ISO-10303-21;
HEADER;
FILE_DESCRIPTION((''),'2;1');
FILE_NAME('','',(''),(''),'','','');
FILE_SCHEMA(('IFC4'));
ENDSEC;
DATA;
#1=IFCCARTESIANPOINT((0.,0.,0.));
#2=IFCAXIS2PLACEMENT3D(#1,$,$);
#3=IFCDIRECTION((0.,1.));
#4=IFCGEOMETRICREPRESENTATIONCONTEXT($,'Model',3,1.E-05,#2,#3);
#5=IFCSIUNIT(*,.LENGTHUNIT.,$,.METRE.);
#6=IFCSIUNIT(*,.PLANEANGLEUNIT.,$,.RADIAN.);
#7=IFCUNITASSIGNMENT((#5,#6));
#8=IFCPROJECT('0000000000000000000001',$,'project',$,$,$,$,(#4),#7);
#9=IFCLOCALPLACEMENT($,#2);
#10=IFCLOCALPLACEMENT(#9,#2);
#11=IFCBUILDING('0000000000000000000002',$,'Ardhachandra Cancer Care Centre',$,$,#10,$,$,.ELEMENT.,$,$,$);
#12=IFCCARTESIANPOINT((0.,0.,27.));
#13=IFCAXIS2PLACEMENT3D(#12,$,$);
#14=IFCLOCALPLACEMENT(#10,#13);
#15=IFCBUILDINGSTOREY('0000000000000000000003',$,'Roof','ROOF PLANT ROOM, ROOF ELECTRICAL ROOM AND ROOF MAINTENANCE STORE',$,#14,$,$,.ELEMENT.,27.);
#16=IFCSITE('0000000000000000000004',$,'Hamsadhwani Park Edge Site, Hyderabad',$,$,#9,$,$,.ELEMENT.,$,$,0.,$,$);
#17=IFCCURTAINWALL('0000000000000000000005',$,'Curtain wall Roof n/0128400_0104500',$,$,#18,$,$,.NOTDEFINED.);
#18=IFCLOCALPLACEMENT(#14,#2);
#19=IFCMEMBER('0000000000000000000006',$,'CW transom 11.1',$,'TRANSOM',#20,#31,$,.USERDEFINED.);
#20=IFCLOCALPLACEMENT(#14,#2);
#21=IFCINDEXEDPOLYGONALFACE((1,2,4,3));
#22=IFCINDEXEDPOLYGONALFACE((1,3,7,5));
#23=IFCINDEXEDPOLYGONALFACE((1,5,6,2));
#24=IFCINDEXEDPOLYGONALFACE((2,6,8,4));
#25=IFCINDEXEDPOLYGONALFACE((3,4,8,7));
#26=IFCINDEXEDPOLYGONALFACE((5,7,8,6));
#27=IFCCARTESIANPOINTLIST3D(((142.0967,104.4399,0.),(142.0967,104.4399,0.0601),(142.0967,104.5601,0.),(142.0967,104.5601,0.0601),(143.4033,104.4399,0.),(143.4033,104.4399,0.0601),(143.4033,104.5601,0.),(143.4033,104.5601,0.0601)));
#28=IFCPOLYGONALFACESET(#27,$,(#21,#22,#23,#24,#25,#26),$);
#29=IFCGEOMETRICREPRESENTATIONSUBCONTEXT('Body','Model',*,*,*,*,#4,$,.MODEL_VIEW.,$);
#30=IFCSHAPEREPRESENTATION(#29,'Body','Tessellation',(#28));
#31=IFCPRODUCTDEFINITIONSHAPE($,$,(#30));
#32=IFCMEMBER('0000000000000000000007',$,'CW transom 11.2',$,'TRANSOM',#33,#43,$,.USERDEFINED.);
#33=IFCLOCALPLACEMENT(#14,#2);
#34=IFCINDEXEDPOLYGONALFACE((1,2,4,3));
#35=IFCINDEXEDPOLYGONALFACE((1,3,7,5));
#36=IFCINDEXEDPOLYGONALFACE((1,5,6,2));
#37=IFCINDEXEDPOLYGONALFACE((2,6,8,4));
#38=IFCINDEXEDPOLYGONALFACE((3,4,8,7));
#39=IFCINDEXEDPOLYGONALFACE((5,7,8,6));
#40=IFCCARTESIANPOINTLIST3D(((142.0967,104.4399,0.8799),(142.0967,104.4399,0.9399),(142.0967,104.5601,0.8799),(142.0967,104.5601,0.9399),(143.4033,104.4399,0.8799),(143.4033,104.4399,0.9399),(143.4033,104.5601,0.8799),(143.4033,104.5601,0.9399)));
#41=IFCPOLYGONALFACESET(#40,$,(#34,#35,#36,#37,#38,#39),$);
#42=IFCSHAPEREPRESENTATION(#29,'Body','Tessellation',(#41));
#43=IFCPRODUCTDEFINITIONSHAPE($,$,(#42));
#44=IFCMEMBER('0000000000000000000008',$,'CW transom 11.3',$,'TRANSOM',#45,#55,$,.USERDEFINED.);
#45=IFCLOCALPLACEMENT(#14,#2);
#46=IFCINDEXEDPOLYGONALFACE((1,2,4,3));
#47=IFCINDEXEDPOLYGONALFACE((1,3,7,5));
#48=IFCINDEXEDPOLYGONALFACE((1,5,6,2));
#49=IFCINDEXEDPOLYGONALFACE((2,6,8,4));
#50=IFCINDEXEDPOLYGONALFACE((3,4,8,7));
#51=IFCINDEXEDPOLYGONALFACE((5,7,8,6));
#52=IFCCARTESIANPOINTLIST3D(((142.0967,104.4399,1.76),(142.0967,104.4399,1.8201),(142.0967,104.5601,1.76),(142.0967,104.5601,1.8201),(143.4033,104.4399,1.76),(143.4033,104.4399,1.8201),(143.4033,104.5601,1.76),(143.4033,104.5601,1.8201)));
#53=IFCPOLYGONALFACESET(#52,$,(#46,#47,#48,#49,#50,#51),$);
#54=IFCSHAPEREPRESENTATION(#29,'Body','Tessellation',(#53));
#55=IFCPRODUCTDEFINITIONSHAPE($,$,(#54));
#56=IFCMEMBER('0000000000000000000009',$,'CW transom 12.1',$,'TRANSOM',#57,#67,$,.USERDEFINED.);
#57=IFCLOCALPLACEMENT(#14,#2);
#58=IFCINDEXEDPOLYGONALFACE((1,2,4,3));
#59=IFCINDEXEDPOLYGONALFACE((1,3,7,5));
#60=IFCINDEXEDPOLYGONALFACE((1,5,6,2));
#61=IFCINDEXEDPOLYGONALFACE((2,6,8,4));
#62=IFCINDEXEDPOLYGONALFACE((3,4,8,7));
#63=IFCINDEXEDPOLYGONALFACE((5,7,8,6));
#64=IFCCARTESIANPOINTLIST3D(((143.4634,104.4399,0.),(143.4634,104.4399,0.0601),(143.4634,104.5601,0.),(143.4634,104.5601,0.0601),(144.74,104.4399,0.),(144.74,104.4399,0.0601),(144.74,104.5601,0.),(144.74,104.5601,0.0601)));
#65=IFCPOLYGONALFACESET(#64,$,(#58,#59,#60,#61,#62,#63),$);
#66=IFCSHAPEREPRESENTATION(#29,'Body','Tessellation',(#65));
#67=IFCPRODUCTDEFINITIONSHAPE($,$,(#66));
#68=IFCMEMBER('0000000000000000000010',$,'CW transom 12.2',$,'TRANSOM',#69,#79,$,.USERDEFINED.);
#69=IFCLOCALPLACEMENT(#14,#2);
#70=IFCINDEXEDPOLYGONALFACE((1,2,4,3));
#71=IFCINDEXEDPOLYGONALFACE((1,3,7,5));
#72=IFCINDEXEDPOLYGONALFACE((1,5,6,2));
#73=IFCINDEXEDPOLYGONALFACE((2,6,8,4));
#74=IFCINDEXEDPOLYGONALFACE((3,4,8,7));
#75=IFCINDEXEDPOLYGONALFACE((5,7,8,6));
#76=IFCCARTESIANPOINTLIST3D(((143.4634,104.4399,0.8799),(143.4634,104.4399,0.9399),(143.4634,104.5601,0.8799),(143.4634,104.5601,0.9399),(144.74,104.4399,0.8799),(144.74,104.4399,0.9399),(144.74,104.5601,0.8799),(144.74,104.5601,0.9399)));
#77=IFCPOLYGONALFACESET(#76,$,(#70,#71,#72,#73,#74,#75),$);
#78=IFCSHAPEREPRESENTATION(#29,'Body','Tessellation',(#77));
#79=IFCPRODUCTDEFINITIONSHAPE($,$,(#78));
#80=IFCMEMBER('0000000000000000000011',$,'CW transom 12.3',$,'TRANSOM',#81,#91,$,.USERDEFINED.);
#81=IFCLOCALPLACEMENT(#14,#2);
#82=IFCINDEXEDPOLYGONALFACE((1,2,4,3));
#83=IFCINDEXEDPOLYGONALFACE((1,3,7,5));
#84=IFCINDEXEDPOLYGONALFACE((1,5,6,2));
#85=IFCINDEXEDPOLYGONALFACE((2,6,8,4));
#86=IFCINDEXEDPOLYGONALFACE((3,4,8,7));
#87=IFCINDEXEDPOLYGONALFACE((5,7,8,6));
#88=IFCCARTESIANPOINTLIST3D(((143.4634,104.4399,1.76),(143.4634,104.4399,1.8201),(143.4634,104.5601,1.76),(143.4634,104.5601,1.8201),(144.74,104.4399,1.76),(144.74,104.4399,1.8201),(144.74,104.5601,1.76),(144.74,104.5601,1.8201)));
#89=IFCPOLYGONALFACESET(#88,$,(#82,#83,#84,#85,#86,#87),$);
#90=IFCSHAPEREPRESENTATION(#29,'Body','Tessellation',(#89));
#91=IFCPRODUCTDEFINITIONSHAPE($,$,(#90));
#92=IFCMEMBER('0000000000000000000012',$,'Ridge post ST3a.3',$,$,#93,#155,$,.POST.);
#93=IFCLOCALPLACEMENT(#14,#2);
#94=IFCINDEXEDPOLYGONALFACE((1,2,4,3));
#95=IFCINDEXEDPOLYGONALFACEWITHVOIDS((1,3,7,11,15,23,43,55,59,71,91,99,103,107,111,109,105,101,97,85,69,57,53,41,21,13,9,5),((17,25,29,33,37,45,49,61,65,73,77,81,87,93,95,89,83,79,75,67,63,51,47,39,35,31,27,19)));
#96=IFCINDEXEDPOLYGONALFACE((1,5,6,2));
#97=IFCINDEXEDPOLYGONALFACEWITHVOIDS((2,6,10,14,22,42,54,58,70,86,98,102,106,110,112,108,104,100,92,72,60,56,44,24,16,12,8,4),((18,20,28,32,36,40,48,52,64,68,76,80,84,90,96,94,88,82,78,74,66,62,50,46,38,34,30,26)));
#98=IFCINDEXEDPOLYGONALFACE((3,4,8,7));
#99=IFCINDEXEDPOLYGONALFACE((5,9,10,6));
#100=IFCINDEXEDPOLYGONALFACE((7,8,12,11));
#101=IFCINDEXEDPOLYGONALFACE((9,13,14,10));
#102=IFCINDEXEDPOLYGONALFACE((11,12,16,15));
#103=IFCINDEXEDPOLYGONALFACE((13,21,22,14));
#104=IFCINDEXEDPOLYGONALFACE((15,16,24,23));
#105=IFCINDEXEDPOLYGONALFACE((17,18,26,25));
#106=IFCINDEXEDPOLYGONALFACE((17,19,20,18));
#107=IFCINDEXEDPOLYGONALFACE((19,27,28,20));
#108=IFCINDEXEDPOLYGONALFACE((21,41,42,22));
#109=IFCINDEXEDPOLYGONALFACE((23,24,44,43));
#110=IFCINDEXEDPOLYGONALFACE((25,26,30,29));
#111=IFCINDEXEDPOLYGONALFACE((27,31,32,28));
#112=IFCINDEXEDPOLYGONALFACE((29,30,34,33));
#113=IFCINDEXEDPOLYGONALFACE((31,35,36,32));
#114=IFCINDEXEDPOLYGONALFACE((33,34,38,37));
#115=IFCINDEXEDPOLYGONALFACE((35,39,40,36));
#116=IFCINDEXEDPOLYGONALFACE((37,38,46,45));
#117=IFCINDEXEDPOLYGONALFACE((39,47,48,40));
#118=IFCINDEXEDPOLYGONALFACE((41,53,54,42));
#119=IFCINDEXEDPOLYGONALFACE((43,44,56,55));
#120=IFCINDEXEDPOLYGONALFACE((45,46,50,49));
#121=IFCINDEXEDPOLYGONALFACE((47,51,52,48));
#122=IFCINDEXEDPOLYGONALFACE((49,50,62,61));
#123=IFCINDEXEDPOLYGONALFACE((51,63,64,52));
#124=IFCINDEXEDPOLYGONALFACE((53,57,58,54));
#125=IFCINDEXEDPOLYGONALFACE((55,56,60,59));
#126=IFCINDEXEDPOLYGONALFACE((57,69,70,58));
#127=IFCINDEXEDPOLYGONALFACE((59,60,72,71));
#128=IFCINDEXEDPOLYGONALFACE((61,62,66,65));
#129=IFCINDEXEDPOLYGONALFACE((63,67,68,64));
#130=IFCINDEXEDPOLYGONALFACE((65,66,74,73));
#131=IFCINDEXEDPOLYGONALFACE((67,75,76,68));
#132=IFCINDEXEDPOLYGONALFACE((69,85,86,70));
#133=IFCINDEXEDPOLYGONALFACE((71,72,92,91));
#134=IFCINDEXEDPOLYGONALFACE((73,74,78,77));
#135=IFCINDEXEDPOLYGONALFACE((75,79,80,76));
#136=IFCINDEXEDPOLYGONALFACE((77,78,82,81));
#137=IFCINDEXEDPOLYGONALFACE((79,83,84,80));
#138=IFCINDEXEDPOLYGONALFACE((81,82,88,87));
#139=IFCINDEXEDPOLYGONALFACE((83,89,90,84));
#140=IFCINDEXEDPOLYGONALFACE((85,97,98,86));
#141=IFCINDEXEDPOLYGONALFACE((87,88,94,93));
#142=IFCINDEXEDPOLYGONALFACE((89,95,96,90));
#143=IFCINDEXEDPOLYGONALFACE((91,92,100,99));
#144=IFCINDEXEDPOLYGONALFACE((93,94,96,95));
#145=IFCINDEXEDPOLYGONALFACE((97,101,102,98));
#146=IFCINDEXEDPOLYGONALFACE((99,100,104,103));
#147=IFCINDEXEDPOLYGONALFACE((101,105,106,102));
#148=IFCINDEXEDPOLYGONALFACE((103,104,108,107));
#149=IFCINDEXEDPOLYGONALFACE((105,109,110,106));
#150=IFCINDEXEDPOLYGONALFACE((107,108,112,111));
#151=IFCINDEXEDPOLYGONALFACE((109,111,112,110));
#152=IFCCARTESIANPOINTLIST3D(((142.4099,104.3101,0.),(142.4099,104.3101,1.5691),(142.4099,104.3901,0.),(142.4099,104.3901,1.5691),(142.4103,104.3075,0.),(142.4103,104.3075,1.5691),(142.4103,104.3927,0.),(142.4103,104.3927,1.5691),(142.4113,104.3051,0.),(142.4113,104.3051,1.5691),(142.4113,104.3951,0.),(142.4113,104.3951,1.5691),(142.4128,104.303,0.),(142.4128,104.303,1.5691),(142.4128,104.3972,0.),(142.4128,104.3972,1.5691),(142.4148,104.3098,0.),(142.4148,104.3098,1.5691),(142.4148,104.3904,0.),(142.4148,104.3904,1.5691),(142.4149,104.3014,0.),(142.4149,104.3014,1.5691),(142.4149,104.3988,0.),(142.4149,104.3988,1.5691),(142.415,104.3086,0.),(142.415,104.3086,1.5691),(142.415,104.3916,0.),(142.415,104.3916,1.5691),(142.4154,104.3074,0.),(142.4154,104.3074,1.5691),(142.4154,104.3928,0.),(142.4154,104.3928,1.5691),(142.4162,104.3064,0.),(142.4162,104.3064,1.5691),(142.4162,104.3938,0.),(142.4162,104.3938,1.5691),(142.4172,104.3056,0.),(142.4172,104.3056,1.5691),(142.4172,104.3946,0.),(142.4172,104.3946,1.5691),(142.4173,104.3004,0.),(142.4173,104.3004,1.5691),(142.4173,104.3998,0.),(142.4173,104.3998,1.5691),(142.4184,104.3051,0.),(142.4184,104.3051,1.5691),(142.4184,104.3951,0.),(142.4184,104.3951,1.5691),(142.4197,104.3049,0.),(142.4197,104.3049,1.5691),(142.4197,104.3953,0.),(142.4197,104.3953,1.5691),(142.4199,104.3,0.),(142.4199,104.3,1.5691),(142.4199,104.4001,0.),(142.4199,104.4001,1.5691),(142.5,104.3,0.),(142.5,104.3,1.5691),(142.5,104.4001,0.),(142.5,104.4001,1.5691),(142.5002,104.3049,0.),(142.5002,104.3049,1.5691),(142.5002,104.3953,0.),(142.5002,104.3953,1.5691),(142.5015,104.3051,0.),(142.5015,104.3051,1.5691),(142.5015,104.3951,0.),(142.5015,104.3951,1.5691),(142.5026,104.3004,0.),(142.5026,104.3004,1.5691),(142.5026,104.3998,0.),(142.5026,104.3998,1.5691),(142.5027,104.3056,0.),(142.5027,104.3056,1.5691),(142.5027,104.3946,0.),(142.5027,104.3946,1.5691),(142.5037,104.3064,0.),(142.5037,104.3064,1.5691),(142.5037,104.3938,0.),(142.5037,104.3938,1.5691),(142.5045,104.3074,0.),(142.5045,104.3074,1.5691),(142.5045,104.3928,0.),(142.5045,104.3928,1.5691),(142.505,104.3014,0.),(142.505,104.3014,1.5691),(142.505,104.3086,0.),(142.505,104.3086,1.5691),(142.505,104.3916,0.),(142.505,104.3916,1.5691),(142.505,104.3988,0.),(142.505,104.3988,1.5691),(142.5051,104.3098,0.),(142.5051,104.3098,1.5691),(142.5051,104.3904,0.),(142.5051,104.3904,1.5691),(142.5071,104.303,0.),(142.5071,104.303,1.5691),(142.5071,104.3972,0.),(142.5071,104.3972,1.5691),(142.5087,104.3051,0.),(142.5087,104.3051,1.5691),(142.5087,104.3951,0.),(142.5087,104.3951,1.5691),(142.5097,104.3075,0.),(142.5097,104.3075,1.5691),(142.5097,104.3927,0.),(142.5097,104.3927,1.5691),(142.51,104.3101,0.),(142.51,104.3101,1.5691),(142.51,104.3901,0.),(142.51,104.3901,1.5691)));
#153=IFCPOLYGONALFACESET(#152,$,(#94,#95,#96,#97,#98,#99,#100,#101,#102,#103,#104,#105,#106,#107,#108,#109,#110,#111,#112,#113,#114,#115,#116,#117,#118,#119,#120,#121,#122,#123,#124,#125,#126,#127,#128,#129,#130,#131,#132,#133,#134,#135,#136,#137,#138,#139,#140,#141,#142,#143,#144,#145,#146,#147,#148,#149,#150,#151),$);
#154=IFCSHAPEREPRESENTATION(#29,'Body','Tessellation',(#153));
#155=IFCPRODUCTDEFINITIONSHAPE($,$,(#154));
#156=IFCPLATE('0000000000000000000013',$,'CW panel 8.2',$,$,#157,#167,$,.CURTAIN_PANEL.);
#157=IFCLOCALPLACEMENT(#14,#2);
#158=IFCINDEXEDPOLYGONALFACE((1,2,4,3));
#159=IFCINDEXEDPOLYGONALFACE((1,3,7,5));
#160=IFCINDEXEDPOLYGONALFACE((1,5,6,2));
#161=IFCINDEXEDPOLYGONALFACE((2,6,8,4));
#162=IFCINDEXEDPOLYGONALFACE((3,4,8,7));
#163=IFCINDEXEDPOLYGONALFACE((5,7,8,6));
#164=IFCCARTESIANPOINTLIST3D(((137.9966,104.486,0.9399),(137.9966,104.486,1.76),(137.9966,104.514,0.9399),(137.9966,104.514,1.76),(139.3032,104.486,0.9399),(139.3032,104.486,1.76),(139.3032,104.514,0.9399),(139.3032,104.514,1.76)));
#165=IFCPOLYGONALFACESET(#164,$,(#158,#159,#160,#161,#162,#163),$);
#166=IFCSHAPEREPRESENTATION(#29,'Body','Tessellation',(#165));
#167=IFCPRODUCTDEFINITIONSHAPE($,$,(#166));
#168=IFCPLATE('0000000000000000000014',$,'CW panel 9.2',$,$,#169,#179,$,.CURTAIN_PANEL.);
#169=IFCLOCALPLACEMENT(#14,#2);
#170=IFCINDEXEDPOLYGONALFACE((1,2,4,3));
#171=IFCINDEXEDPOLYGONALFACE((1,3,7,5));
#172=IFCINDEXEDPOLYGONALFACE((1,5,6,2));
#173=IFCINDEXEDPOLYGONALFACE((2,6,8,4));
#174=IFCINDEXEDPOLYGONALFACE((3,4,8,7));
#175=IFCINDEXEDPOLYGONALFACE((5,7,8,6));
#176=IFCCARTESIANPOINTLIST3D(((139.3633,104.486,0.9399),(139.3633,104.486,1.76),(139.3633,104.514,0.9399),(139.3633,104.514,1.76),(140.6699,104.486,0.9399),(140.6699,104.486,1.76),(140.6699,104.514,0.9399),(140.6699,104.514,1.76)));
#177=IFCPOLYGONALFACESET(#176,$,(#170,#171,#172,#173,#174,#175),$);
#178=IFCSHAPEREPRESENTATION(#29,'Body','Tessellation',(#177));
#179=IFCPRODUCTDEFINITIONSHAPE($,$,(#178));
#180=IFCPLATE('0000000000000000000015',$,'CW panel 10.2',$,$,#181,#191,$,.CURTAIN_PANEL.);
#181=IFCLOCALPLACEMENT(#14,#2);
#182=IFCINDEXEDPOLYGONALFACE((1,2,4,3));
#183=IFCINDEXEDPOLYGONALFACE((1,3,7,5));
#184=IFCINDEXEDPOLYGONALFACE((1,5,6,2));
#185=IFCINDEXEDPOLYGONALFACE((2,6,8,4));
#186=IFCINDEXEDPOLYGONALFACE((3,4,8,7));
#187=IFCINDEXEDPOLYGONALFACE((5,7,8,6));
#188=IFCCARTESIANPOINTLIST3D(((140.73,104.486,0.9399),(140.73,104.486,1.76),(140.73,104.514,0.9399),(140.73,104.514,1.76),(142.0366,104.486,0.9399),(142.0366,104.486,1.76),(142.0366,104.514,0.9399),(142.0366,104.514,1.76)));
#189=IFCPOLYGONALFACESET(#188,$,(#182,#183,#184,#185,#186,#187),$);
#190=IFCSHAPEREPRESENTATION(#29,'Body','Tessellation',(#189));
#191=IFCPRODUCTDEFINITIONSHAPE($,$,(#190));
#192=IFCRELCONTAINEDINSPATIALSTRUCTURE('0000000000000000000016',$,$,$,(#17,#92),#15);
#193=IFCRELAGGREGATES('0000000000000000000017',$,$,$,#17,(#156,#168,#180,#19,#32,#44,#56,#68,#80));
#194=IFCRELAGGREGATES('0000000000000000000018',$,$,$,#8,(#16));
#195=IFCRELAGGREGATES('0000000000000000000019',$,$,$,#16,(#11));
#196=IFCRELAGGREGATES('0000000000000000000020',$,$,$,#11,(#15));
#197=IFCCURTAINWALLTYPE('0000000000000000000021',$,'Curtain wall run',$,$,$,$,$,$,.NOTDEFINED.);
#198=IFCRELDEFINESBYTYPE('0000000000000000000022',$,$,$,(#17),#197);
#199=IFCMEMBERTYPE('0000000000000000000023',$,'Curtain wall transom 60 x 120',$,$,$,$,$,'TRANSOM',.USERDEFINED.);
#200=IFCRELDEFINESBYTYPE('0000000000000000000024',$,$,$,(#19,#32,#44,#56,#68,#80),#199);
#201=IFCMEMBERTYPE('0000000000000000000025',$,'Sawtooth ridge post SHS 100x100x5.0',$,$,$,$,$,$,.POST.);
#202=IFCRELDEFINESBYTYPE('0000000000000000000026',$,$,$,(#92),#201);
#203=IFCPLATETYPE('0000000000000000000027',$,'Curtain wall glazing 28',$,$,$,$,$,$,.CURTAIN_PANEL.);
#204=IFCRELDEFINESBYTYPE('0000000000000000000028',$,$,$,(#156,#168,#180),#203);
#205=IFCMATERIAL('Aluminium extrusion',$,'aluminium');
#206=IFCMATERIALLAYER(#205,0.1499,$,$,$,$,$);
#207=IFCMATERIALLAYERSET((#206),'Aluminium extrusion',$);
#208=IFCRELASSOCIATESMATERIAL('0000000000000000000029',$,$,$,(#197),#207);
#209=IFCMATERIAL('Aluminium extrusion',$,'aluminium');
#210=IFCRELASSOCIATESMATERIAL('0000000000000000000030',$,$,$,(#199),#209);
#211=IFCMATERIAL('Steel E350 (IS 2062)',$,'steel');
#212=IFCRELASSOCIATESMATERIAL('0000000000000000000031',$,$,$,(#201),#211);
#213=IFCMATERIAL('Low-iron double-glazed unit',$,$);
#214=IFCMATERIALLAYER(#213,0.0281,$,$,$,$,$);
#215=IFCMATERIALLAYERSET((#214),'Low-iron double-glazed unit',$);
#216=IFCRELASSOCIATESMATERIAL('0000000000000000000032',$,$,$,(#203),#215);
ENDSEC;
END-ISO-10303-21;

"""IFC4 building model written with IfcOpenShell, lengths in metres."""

from ifc_helpers import new_model, si_unit, direction, frame, origin, origin_2d, place, context, subcontext, project, spatial, rectangle, hollow_rectangle, extrude, material, layer, layer_set, material_profile, profile_set, type_object, element, aggregate, save


model = new_model("IFC4")

# Units and contexts
model_context = context("Model", 3, precision=1e-05, world=origin(), true_north=direction((0.0, 1.0)))
body_context = subcontext(model_context, "Body", "Model", "MODEL_VIEW")
ifc_project = project(units=[si_unit("LENGTHUNIT", "METRE"), si_unit("PLANEANGLEUNIT", "RADIAN")], contexts=[model_context])

# Site, building, storey
site_placement = place(None, origin())
site = spatial("IfcSite", under=ifc_project, at=site_placement, Name="Hamsadhwani Park Edge Site, Hyderabad", CompositionType="ELEMENT", RefElevation=0.0)
building_placement = place(site_placement, origin())
building = spatial("IfcBuilding", under=site, at=building_placement, Name="Ardhachandra Cancer Care Centre", CompositionType="ELEMENT")
storey_placement = place(building_placement, frame((0.0, 0.0, 27.0)))
storey = spatial("IfcBuildingStorey", under=building, at=storey_placement, Name="Roof", Description="ROOF PLANT ROOM, ROOF ELECTRICAL ROOM AND ROOF MAINTENANCE STORE", CompositionType="ELEMENT", Elevation=27.0)

# Curtain wall, members
ifc_material_1 = material(Name="Aluminium extrusion", Category="aluminium")
ifc_layer_1 = layer(ifc_material_1, 0.1499)
ifc_layer_set_1 = layer_set([ifc_layer_1], Name="Aluminium extrusion")
curtain_wall_type = type_object("IfcCurtainWallType", Name="Curtain wall run", PredefinedType="NOTDEFINED", material=ifc_layer_set_1)
curtain_wall_placement = place(storey_placement, origin())
curtain_wall = element("IfcCurtainWall", 1, at=curtain_wall_placement, inside=storey, type_object=curtain_wall_type, Name="Curtain wall Roof n/0128400_0104500", PredefinedType="NOTDEFINED")
ifc_material_2 = material(Name="Aluminium extrusion", Category="aluminium")
ifc_material_profile_1 = material_profile(ifc_material_2, rectangle(XDim=0.1201, YDim=0.0601, at=origin_2d()), Name="Curtain wall transom 60 x 120")
ifc_profile_set_1 = profile_set([ifc_material_profile_1], Name="Aluminium extrusion")
member_type_1 = type_object("IfcMemberType", Name="Curtain wall transom 60 x 120", ElementType="TRANSOM", PredefinedType="USERDEFINED", material=ifc_profile_set_1)
member_1_placement = place(storey_placement, frame((142.0967, 104.5, 0.03), z_axis=(1.0, 0.0, 0.0), x_axis=(0.0, 1.0, 0.0)))
member_1 = element("IfcMember", 2, at=member_1_placement, type_object=member_type_1, Name="CW transom 11.1", ObjectType="TRANSOM", PredefinedType="USERDEFINED", context=body_context, shape_type="SweptSolid", body=[
    extrude(rectangle(XDim=0.1201, YDim=0.0601, at=origin_2d()), origin(), (0.0, 0.0, 1.0), 1.3066),
])
member_2_placement = place(storey_placement, frame((142.0967, 104.5, 0.9099), z_axis=(1.0, 0.0, 0.0), x_axis=(0.0, 1.0, 0.0)))
member_2 = element("IfcMember", 3, at=member_2_placement, type_object=member_type_1, Name="CW transom 11.2", ObjectType="TRANSOM", PredefinedType="USERDEFINED", context=body_context, shape_type="SweptSolid", body=[
    extrude(rectangle(XDim=0.1201, YDim=0.0601, at=origin_2d()), origin(), (0.0, 0.0, 1.0), 1.3066),
])
member_3_placement = place(storey_placement, frame((142.0967, 104.5, 1.79), z_axis=(1.0, 0.0, 0.0), x_axis=(0.0, 1.0, 0.0)))
member_3 = element("IfcMember", 4, at=member_3_placement, type_object=member_type_1, Name="CW transom 11.3", ObjectType="TRANSOM", PredefinedType="USERDEFINED", context=body_context, shape_type="SweptSolid", body=[
    extrude(rectangle(XDim=0.1201, YDim=0.0601, at=origin_2d()), origin(), (0.0, 0.0, 1.0), 1.3066),
])
member_4_placement = place(storey_placement, frame((143.4634, 104.5, 0.03), z_axis=(1.0, 0.0, 0.0), x_axis=(0.0, 1.0, 0.0)))
member_4 = element("IfcMember", 5, at=member_4_placement, type_object=member_type_1, Name="CW transom 12.1", ObjectType="TRANSOM", PredefinedType="USERDEFINED", context=body_context, shape_type="SweptSolid", body=[
    extrude(rectangle(XDim=0.1201, YDim=0.0601, at=origin_2d()), origin(), (0.0, 0.0, 1.0), 1.2766),
])
member_5_placement = place(storey_placement, frame((143.4634, 104.5, 0.9099), z_axis=(1.0, 0.0, 0.0), x_axis=(0.0, 1.0, 0.0)))
member_5 = element("IfcMember", 6, at=member_5_placement, type_object=member_type_1, Name="CW transom 12.2", ObjectType="TRANSOM", PredefinedType="USERDEFINED", context=body_context, shape_type="SweptSolid", body=[
    extrude(rectangle(XDim=0.1201, YDim=0.0601, at=origin_2d()), origin(), (0.0, 0.0, 1.0), 1.2766),
])
member_6_placement = place(storey_placement, frame((143.4634, 104.5, 1.79), z_axis=(1.0, 0.0, 0.0), x_axis=(0.0, 1.0, 0.0)))
member_6 = element("IfcMember", 7, at=member_6_placement, type_object=member_type_1, Name="CW transom 12.3", ObjectType="TRANSOM", PredefinedType="USERDEFINED", context=body_context, shape_type="SweptSolid", body=[
    extrude(rectangle(XDim=0.1201, YDim=0.0601, at=origin_2d()), origin(), (0.0, 0.0, 1.0), 1.2766),
])

# Member
ifc_material_3 = material(Name="Steel E350 (IS 2062)", Category="steel")
ifc_material_profile_2 = material_profile(ifc_material_3, hollow_rectangle(XDim=0.1001, YDim=0.1001, WallThickness=0.0049, InnerFilletRadius=0.0049, OuterFilletRadius=0.01, at=origin_2d()), Name="SHS 100x100x5.0")
ifc_profile_set_2 = profile_set([ifc_material_profile_2], Name="Steel E350 (IS 2062)")
member_type_2 = type_object("IfcMemberType", Name="Sawtooth ridge post SHS 100x100x5.0", PredefinedType="POST", material=ifc_profile_set_2)
member_7_placement = place(storey_placement, frame((142.46, 104.3501, 0.0), z_axis=(0.0, 0.0, 1.0), x_axis=(1.0, 0.0, 0.0)))
element("IfcMember", 8, at=member_7_placement, inside=storey, type_object=member_type_2, Name="Ridge post ST3a.3", PredefinedType="POST", context=body_context, shape_type="SweptSolid", body=[
    extrude(hollow_rectangle(XDim=0.1001, YDim=0.1001, WallThickness=0.0049, InnerFilletRadius=0.0049, OuterFilletRadius=0.01, at=origin_2d()), origin(), (0.0, 0.0, 1.0), 1.5691),
])

# Plates
ifc_material_4 = material(Name="Low-iron double-glazed unit")
ifc_layer_2 = layer(ifc_material_4, 0.0281)
ifc_layer_set_2 = layer_set([ifc_layer_2], Name="Low-iron double-glazed unit")
plate_type_1 = type_object("IfcPlateType", Name="Curtain wall glazing 28", PredefinedType="CURTAIN_PANEL", material=ifc_layer_set_2)
plate_1_placement = place(storey_placement, frame((138.6499, 104.5, 0.9399), z_axis=(0.0, 0.0, 1.0), x_axis=(1.0, 0.0, 0.0)))
plate_1 = element("IfcPlate", 9, at=plate_1_placement, type_object=plate_type_1, Name="CW panel 8.2", PredefinedType="CURTAIN_PANEL", context=body_context, shape_type="SweptSolid", body=[
    extrude(rectangle(XDim=1.3066, YDim=0.0281, at=origin_2d()), origin(), (0.0, 0.0, 1.0), 0.8201),
])
plate_2_placement = place(storey_placement, frame((140.0166, 104.5, 0.9399), z_axis=(0.0, 0.0, 1.0), x_axis=(1.0, 0.0, 0.0)))
plate_2 = element("IfcPlate", 10, at=plate_2_placement, type_object=plate_type_1, Name="CW panel 9.2", PredefinedType="CURTAIN_PANEL", context=body_context, shape_type="SweptSolid", body=[
    extrude(rectangle(XDim=1.3066, YDim=0.0281, at=origin_2d()), origin(), (0.0, 0.0, 1.0), 0.8201),
])
plate_3_placement = place(storey_placement, frame((141.3833, 104.5, 0.9399), z_axis=(0.0, 0.0, 1.0), x_axis=(1.0, 0.0, 0.0)))
plate_3 = element("IfcPlate", 11, at=plate_3_placement, type_object=plate_type_1, Name="CW panel 10.2", PredefinedType="CURTAIN_PANEL", context=body_context, shape_type="SweptSolid", body=[
    extrude(rectangle(XDim=1.3066, YDim=0.0281, at=origin_2d()), origin(), (0.0, 0.0, 1.0), 0.8201),
])
aggregate(curtain_wall, [plate_1, plate_2, plate_3, member_1, member_2, member_3, member_4, member_5, member_6])

save(model, "model.ifc")
